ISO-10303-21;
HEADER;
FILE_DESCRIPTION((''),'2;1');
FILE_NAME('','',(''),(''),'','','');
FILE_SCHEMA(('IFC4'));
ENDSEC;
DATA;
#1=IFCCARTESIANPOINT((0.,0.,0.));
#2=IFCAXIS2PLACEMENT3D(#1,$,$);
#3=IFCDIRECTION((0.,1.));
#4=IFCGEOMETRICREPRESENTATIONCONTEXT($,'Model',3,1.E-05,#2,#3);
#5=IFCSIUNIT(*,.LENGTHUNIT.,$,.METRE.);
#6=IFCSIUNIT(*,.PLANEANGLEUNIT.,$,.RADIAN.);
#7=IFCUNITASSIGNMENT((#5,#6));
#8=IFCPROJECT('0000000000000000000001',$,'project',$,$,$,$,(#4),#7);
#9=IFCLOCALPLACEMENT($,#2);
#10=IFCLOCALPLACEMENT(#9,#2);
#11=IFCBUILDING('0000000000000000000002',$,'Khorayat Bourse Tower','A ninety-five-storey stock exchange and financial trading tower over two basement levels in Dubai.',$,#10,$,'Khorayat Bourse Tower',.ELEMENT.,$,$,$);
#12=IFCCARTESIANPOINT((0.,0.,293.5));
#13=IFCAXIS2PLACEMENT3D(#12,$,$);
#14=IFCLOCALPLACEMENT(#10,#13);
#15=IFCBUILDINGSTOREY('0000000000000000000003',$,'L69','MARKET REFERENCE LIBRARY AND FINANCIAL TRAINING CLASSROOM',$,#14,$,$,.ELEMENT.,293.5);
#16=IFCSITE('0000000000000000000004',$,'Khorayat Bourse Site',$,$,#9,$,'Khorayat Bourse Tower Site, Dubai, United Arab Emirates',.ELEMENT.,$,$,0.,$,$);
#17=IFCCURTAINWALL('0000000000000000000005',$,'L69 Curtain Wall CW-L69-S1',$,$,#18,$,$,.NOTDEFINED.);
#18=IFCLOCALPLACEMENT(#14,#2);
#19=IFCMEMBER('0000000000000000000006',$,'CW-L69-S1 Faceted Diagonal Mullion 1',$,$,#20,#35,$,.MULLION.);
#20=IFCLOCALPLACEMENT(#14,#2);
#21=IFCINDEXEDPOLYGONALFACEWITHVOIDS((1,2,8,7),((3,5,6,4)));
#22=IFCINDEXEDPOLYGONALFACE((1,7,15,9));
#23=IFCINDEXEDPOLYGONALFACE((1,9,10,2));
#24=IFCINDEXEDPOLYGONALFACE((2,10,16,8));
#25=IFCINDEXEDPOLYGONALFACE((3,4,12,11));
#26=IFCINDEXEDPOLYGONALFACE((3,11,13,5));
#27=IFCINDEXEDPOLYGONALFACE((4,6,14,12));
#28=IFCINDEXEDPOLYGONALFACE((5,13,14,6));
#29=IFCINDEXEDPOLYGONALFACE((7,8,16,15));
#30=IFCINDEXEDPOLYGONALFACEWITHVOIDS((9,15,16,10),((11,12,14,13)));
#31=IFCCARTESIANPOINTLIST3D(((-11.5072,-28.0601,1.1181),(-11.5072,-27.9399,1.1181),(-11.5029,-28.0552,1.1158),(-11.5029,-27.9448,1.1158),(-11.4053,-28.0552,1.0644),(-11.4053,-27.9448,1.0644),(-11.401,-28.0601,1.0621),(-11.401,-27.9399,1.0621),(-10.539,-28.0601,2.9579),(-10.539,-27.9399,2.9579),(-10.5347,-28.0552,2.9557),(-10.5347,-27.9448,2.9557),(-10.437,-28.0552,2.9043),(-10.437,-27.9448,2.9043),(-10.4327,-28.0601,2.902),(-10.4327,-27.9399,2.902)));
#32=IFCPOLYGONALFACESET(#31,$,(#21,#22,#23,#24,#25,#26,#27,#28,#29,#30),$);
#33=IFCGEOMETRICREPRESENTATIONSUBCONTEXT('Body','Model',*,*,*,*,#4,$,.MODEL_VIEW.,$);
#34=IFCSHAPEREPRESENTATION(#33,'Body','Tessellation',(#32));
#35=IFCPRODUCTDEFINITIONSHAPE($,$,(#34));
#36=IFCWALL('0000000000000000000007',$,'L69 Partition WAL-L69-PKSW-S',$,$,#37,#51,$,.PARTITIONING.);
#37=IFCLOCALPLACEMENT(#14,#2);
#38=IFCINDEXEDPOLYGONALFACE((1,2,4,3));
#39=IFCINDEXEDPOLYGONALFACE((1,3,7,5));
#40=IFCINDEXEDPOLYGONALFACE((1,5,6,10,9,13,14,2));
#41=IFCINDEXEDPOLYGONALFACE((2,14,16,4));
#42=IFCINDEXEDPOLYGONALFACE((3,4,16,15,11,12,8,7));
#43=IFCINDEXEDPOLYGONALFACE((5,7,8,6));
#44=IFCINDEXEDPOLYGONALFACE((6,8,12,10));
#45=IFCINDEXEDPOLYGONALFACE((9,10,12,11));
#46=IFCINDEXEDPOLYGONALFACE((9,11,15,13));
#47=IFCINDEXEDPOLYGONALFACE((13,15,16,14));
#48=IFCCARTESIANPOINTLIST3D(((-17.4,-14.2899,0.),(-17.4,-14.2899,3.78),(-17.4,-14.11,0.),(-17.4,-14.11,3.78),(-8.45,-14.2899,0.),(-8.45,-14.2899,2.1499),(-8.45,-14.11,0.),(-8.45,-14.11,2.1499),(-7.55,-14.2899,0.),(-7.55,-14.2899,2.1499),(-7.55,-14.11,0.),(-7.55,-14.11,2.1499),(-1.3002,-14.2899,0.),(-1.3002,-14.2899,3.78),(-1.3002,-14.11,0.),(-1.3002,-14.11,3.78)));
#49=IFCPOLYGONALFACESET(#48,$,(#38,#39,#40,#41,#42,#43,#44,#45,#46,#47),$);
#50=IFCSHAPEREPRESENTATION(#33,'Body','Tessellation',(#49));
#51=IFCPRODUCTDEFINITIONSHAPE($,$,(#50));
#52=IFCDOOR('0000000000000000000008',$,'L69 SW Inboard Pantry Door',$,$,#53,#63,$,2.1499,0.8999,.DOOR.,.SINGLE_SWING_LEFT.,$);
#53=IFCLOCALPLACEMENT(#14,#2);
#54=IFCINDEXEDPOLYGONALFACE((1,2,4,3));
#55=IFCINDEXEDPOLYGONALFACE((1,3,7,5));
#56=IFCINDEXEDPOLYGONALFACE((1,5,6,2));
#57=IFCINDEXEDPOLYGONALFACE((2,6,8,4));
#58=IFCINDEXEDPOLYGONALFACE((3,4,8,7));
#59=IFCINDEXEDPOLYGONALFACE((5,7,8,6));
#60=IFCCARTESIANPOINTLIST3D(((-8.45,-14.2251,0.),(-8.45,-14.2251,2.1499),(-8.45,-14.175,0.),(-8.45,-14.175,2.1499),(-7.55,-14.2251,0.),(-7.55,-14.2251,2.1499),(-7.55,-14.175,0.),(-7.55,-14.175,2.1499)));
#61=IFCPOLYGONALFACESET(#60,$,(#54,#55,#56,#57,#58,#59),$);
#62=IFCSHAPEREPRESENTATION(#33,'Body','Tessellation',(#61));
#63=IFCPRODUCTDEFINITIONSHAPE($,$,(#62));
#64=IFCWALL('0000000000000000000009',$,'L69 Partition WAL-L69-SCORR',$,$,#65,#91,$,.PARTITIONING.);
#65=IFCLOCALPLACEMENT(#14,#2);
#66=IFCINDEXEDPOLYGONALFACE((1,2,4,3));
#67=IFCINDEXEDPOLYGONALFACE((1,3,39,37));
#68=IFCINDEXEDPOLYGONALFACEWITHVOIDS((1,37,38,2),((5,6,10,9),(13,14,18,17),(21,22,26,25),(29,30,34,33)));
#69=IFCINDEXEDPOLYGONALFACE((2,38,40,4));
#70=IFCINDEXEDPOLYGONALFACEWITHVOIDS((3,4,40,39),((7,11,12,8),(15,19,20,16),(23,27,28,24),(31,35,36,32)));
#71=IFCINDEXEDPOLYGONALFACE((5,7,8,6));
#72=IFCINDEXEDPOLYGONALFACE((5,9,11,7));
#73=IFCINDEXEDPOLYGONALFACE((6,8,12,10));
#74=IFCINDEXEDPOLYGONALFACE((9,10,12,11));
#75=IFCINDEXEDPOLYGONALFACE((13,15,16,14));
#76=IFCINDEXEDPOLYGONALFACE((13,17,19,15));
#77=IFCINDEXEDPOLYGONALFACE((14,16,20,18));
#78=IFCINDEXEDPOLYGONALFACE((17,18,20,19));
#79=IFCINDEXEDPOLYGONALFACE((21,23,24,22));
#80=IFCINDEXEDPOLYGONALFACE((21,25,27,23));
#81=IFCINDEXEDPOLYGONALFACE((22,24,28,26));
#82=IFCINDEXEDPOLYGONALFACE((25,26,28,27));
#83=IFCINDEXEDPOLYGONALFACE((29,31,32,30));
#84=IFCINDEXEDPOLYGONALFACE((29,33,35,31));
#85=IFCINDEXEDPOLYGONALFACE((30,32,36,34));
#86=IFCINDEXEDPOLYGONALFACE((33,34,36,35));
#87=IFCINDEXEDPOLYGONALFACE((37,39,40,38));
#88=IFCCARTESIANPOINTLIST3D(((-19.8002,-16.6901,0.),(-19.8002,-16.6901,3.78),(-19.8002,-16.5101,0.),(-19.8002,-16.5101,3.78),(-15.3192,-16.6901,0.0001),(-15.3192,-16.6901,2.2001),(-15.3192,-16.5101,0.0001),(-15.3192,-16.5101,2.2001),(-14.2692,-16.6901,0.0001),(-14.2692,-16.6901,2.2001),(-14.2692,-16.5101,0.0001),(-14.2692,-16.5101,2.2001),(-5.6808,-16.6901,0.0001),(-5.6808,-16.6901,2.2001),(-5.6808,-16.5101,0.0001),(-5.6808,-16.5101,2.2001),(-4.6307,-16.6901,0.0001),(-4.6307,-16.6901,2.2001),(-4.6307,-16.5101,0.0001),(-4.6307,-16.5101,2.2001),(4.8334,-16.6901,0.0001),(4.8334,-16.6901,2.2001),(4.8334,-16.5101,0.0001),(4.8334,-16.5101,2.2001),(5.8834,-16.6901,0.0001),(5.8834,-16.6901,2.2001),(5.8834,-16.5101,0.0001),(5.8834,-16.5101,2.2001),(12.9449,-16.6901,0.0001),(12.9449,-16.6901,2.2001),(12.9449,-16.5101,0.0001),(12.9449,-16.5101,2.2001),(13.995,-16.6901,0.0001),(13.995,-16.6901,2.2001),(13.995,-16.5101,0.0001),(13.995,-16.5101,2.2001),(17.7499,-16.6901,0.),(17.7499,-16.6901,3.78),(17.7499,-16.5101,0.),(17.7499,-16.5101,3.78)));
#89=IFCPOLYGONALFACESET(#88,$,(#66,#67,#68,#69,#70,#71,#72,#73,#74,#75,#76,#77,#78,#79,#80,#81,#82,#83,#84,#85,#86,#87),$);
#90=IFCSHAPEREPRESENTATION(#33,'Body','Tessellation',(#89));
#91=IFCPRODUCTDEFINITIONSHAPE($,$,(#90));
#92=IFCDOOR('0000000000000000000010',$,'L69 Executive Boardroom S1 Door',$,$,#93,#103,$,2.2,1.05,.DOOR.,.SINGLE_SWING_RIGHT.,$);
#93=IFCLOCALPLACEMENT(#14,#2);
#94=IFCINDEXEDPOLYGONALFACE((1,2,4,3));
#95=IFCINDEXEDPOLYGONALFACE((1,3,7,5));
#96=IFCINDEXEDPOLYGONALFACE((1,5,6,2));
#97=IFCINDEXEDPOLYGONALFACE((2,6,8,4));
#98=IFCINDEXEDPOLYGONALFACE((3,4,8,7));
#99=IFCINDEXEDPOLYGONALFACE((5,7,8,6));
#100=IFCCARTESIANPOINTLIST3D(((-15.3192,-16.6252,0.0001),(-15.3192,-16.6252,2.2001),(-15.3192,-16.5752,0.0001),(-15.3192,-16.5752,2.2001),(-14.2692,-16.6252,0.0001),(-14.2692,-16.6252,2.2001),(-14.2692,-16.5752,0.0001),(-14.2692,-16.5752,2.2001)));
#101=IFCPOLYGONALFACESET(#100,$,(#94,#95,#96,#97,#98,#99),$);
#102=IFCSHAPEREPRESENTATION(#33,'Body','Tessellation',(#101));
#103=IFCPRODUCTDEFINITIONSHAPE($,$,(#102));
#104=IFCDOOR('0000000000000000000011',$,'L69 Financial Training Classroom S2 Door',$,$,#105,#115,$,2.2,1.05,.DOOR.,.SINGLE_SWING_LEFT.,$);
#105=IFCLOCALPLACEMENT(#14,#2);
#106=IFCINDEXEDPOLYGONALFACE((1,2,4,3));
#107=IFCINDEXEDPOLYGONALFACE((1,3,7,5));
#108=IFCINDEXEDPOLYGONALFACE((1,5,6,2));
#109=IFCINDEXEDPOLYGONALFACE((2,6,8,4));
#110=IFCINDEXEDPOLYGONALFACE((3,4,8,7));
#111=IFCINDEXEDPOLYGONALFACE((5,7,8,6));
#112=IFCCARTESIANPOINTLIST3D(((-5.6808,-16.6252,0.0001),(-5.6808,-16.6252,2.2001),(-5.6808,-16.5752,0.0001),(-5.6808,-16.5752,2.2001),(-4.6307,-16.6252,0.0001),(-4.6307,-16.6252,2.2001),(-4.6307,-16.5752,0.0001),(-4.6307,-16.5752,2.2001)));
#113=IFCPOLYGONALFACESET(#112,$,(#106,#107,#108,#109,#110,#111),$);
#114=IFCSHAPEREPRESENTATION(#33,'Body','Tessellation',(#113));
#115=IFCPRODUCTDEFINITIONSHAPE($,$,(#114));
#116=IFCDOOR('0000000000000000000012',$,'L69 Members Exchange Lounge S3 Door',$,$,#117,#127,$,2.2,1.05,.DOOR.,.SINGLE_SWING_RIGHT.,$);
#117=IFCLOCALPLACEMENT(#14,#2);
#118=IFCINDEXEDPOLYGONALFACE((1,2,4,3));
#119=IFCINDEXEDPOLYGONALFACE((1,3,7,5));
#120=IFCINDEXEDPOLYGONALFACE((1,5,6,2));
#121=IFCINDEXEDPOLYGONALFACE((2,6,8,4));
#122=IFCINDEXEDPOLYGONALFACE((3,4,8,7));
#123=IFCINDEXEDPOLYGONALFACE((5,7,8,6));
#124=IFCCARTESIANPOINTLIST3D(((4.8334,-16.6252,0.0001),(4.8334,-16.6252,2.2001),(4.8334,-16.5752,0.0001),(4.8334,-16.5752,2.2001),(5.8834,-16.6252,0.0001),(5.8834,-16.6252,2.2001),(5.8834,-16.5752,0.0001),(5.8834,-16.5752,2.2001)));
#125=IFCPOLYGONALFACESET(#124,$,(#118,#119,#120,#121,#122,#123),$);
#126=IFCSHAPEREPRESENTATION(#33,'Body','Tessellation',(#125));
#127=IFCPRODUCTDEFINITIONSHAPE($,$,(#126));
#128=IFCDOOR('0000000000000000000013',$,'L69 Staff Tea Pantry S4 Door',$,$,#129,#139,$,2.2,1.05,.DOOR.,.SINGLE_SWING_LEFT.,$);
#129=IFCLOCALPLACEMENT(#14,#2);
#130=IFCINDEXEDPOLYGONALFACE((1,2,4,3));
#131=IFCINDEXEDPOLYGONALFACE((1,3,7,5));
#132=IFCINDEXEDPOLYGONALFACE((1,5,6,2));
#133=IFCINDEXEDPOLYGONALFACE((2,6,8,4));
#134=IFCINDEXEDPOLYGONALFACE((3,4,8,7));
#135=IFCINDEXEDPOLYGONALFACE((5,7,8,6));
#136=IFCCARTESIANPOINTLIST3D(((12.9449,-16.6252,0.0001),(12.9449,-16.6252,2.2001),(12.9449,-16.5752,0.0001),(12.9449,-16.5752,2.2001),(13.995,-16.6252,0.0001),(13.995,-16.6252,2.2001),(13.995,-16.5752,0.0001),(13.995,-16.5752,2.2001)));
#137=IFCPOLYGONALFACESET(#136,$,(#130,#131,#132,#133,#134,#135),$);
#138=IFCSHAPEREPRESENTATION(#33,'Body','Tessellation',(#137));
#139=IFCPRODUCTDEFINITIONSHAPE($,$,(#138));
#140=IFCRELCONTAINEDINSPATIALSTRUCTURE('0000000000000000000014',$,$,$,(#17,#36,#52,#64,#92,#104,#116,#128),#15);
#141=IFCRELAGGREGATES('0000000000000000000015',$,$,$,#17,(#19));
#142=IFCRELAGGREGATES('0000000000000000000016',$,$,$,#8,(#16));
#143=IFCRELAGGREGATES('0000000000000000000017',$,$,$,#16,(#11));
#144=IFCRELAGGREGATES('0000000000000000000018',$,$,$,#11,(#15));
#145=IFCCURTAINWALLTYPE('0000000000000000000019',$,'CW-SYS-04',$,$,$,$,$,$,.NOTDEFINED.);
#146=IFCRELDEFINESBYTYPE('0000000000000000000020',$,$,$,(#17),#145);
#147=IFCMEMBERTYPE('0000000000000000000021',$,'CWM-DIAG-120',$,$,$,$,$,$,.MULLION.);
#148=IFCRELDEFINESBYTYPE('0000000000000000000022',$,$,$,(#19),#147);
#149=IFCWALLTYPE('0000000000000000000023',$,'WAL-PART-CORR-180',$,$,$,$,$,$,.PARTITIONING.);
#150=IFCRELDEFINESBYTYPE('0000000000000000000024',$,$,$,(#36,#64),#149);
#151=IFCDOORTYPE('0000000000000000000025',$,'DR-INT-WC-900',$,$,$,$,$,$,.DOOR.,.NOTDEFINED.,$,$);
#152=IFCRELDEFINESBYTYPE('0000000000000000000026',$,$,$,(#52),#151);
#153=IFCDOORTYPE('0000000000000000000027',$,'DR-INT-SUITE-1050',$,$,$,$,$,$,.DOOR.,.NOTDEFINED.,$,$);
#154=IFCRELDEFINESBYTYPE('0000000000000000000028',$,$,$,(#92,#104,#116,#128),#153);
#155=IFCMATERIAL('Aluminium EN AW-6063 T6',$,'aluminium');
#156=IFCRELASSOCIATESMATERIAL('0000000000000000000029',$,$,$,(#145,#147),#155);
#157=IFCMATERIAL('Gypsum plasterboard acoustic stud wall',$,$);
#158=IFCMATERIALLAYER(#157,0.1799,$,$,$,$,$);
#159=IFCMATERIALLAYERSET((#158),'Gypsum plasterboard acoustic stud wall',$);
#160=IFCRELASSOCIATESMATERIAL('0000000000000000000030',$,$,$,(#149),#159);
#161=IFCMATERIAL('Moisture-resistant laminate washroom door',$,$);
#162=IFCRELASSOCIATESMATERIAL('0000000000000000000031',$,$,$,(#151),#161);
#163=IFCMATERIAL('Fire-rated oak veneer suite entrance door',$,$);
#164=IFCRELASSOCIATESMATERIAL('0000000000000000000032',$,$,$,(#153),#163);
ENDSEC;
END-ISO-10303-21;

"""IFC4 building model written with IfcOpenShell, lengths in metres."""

from ifc_helpers import new_model, si_unit, direction, frame, frame_2d, origin, origin_2d, place, context, subcontext, project, spatial, rectangle, hollow_rectangle, extrude, source, transform, mapped, material, layer, layer_set, material_profile, profile_set, type_object, element, fill, aggregate, save


model = new_model("IFC4")

# Units and contexts
model_context = context("Model", 3, precision=1e-05, world=origin(), true_north=direction((0.0, 1.0)))
body_context = subcontext(model_context, "Body", "Model", "MODEL_VIEW")
ifc_project = project(units=[si_unit("LENGTHUNIT", "METRE"), si_unit("PLANEANGLEUNIT", "RADIAN")], contexts=[model_context])

# Site, building, storey
site_placement = place(None, origin())
site = spatial("IfcSite", under=ifc_project, at=site_placement, Name="Khorayat Bourse Site", LongName="Khorayat Bourse Tower Site, Dubai, United Arab Emirates", CompositionType="ELEMENT", RefElevation=0.0)
building_placement = place(site_placement, origin())
building = spatial("IfcBuilding", under=site, at=building_placement, Name="Khorayat Bourse Tower", Description="A ninety-five-storey stock exchange and financial trading tower over two basement levels in Dubai.", LongName="Khorayat Bourse Tower", CompositionType="ELEMENT")
storey_placement = place(building_placement, frame((0.0, 0.0, 293.5)))
storey = spatial("IfcBuildingStorey", under=building, at=storey_placement, Name="L69", Description="MARKET REFERENCE LIBRARY AND FINANCIAL TRAINING CLASSROOM", CompositionType="ELEMENT", Elevation=293.5)

# Curtain wall, member
ifc_material_1 = material(Name="Aluminium EN AW-6063 T6", Category="aluminium")
curtain_wall_type = type_object("IfcCurtainWallType", Name="CW-SYS-04", PredefinedType="NOTDEFINED", material=ifc_material_1)
curtain_wall_placement = place(storey_placement, origin())
curtain_wall = element("IfcCurtainWall", 1, at=curtain_wall_placement, inside=storey, type_object=curtain_wall_type, Name="L69 Curtain Wall CW-L69-S1", PredefinedType="NOTDEFINED")
ifc_material_profile_1 = material_profile(ifc_material_1, hollow_rectangle(XDim=0.1201, YDim=0.1201, WallThickness=0.0049, at=origin_2d()), Name="ALU 120x120x5")
ifc_profile_set_1 = profile_set([ifc_material_profile_1], Name="Aluminium EN AW-6063 T6")
member_type = type_object("IfcMemberType", Name="CWM-DIAG-120", PredefinedType="MULLION", material=ifc_profile_set_1)
shared_shape_1 = source(origin(), body_context, "Body", "SweptSolid", [
    extrude(hollow_rectangle(XDim=0.1201, YDim=0.1201, WallThickness=0.0049, at=origin_2d()), origin(), (0.0, 0.0, 1.0), 2.0791),
])
member_placement = place(storey_placement, frame((-11.4541, -28.0, 1.0901), z_axis=(0.465717, 0.0, 0.884934), x_axis=(0.0, 1.0, 0.0)))
member = element("IfcMember", 2, at=member_placement, type_object=member_type, Name="CW-L69-S1 Faceted Diagonal Mullion 1", PredefinedType="MULLION", context=body_context, shape_type="MappedRepresentation", body=[
    mapped(shared_shape_1, transform((0.0, 0.0, 0.0), scale=1.0)),
])
aggregate(curtain_wall, [member])

# Wall, opening, door
ifc_material_2 = material(Name="Gypsum plasterboard acoustic stud wall")
ifc_layer_1 = layer(ifc_material_2, 0.1799)
ifc_layer_set_1 = layer_set([ifc_layer_1], Name="Gypsum plasterboard acoustic stud wall")
wall_type_1 = type_object("IfcWallType", Name="WAL-PART-CORR-180", PredefinedType="PARTITIONING", material=ifc_layer_set_1)
shared_shape_2 = source(origin(), body_context, "Body", "SweptSolid", [
    extrude(rectangle(XDim=16.0999, YDim=0.1799, at=frame_2d((8.0498, 0.0))), origin(), (0.0, 0.0, 1.0), 3.78),
])
wall_1_placement = place(storey_placement, frame((-17.3999, -14.2, 0.0), z_axis=(0.0, 0.0, 1.0), x_axis=(1.0, 0.0, 0.0)))
wall_1 = element("IfcWall", 3, at=wall_1_placement, inside=storey, type_object=wall_type_1, Name="L69 Partition WAL-L69-PKSW-S", PredefinedType="PARTITIONING", context=body_context, shape_type="MappedRepresentation", body=[
    mapped(shared_shape_2, transform((0.0, 0.0, 0.0), scale=1.0)),
])
shared_shape_3 = source(origin(), body_context, "Body", "SweptSolid", [
    extrude(rectangle(XDim=0.8999, YDim=2.1499, at=frame_2d((0.45, 1.075))), frame((0.0, 0.0999, 0.0), z_axis=(0.0, -1.0, 0.0), x_axis=(1.0, 0.0, 0.0)), (0.0, 0.0, 1.0), 0.2),
])
opening_1_placement = place(wall_1_placement, frame((8.95, 0.0, 0.0)))
opening_1 = element("IfcOpeningElement", 4, at=opening_1_placement, cuts=wall_1, PredefinedType="OPENING", context=body_context, shape_type="MappedRepresentation", body=[
    mapped(shared_shape_3, transform((0.0, 0.0, 0.0), scale=1.0)),
])
ifc_material_3 = material(Name="Moisture-resistant laminate washroom door")
door_type_1 = type_object("IfcDoorType", Name="DR-INT-WC-900", OperationType="NOTDEFINED", PredefinedType="DOOR", material=ifc_material_3)
shared_shape_4 = source(origin(), body_context, "Body", "SweptSolid", [
    extrude(rectangle(XDim=0.8999, YDim=2.1499, at=frame_2d((0.45, 1.075))), frame((0.0, 0.0249, 0.0), z_axis=(0.0, -1.0, 0.0), x_axis=(1.0, 0.0, 0.0)), (0.0, 0.0, 1.0), 0.05),
])
door_1_placement = place(opening_1_placement, origin())
door_1 = element("IfcDoor", 5, at=door_1_placement, inside=storey, type_object=door_type_1, Name="L69 SW Inboard Pantry Door", OperationType="SINGLE_SWING_LEFT", OverallHeight=2.1499, OverallWidth=0.8999, PredefinedType="DOOR", context=body_context, shape_type="MappedRepresentation", body=[
    mapped(shared_shape_4, transform((0.0, 0.0, 0.0), scale=1.0)),
])
fill(opening_1, door_1)

# Wall, openings, doors
shared_shape_5 = source(origin(), body_context, "Body", "SweptSolid", [
    extrude(rectangle(XDim=37.55, YDim=0.1799, at=frame_2d((18.7749, 0.0))), origin(), (0.0, 0.0, 1.0), 3.78),
])
wall_2_placement = place(storey_placement, frame((-19.8, -16.6001, 0.0), z_axis=(0.0, 0.0, 1.0), x_axis=(1.0, 0.0, 0.0)))
wall_2 = element("IfcWall", 6, at=wall_2_placement, inside=storey, type_object=wall_type_1, Name="L69 Partition WAL-L69-SCORR", PredefinedType="PARTITIONING", context=body_context, shape_type="MappedRepresentation", body=[
    mapped(shared_shape_5, transform((0.0, 0.0, 0.0), scale=1.0)),
])
shared_shape_6 = source(origin(), body_context, "Body", "SweptSolid", [
    extrude(rectangle(XDim=1.05, YDim=2.2, at=frame_2d((0.5249, 1.1001))), frame((0.0, 0.0999, 0.0), z_axis=(0.0, -1.0, 0.0), x_axis=(1.0, 0.0, 0.0)), (0.0, 0.0, 1.0), 0.2),
])
opening_2_placement = place(wall_2_placement, frame((4.481, 0.0, 0.0)))
opening_2 = element("IfcOpeningElement", 7, at=opening_2_placement, cuts=wall_2, PredefinedType="OPENING", context=body_context, shape_type="MappedRepresentation", body=[
    mapped(shared_shape_6, transform((0.0, 0.0, 0.0), scale=1.0)),
])
opening_3_placement = place(wall_2_placement, frame((14.1194, 0.0, 0.0)))
opening_3 = element("IfcOpeningElement", 8, at=opening_3_placement, cuts=wall_2, PredefinedType="OPENING", context=body_context, shape_type="MappedRepresentation", body=[
    mapped(shared_shape_6, transform((0.0, 0.0, 0.0), scale=1.0)),
])
opening_4_placement = place(wall_2_placement, frame((24.6335, 0.0, 0.0)))
opening_4 = element("IfcOpeningElement", 9, at=opening_4_placement, cuts=wall_2, PredefinedType="OPENING", context=body_context, shape_type="MappedRepresentation", body=[
    mapped(shared_shape_6, transform((0.0, 0.0, 0.0), scale=1.0)),
])
opening_5_placement = place(wall_2_placement, frame((32.7451, 0.0, 0.0)))
opening_5 = element("IfcOpeningElement", 10, at=opening_5_placement, cuts=wall_2, PredefinedType="OPENING", context=body_context, shape_type="MappedRepresentation", body=[
    mapped(shared_shape_6, transform((0.0, 0.0, 0.0), scale=1.0)),
])
ifc_material_4 = material(Name="Fire-rated oak veneer suite entrance door")
door_type_2 = type_object("IfcDoorType", Name="DR-INT-SUITE-1050", OperationType="NOTDEFINED", PredefinedType="DOOR", material=ifc_material_4)
shared_shape_7 = source(origin(), body_context, "Body", "SweptSolid", [
    extrude(rectangle(XDim=1.05, YDim=2.2, at=frame_2d((0.5249, 1.1001))), frame((0.0, 0.0249, 0.0), z_axis=(0.0, -1.0, 0.0), x_axis=(1.0, 0.0, 0.0)), (0.0, 0.0, 1.0), 0.05),
])
door_2_placement = place(opening_2_placement, origin())
door_2 = element("IfcDoor", 11, at=door_2_placement, inside=storey, type_object=door_type_2, Name="L69 Executive Boardroom S1 Door", OperationType="SINGLE_SWING_RIGHT", OverallHeight=2.2, OverallWidth=1.05, PredefinedType="DOOR", context=body_context, shape_type="MappedRepresentation", body=[
    mapped(shared_shape_7, transform((0.0, 0.0, 0.0), scale=1.0)),
])
fill(opening_2, door_2)
door_3_placement = place(opening_3_placement, origin())
door_3 = element("IfcDoor", 12, at=door_3_placement, inside=storey, type_object=door_type_2, Name="L69 Financial Training Classroom S2 Door", OperationType="SINGLE_SWING_LEFT", OverallHeight=2.2, OverallWidth=1.05, PredefinedType="DOOR", context=body_context, shape_type="MappedRepresentation", body=[
    mapped(shared_shape_7, transform((0.0, 0.0, 0.0), scale=1.0)),
])
fill(opening_3, door_3)
door_4_placement = place(opening_4_placement, origin())
door_4 = element("IfcDoor", 13, at=door_4_placement, inside=storey, type_object=door_type_2, Name="L69 Members Exchange Lounge S3 Door", OperationType="SINGLE_SWING_RIGHT", OverallHeight=2.2, OverallWidth=1.05, PredefinedType="DOOR", context=body_context, shape_type="MappedRepresentation", body=[
    mapped(shared_shape_7, transform((0.0, 0.0, 0.0), scale=1.0)),
])
fill(opening_4, door_4)
door_5_placement = place(opening_5_placement, origin())
door_5 = element("IfcDoor", 14, at=door_5_placement, inside=storey, type_object=door_type_2, Name="L69 Staff Tea Pantry S4 Door", OperationType="SINGLE_SWING_LEFT", OverallHeight=2.2, OverallWidth=1.05, PredefinedType="DOOR", context=body_context, shape_type="MappedRepresentation", body=[
    mapped(shared_shape_7, transform((0.0, 0.0, 0.0), scale=1.0)),
])
fill(opening_5, door_5)

save(model, "model.ifc")
